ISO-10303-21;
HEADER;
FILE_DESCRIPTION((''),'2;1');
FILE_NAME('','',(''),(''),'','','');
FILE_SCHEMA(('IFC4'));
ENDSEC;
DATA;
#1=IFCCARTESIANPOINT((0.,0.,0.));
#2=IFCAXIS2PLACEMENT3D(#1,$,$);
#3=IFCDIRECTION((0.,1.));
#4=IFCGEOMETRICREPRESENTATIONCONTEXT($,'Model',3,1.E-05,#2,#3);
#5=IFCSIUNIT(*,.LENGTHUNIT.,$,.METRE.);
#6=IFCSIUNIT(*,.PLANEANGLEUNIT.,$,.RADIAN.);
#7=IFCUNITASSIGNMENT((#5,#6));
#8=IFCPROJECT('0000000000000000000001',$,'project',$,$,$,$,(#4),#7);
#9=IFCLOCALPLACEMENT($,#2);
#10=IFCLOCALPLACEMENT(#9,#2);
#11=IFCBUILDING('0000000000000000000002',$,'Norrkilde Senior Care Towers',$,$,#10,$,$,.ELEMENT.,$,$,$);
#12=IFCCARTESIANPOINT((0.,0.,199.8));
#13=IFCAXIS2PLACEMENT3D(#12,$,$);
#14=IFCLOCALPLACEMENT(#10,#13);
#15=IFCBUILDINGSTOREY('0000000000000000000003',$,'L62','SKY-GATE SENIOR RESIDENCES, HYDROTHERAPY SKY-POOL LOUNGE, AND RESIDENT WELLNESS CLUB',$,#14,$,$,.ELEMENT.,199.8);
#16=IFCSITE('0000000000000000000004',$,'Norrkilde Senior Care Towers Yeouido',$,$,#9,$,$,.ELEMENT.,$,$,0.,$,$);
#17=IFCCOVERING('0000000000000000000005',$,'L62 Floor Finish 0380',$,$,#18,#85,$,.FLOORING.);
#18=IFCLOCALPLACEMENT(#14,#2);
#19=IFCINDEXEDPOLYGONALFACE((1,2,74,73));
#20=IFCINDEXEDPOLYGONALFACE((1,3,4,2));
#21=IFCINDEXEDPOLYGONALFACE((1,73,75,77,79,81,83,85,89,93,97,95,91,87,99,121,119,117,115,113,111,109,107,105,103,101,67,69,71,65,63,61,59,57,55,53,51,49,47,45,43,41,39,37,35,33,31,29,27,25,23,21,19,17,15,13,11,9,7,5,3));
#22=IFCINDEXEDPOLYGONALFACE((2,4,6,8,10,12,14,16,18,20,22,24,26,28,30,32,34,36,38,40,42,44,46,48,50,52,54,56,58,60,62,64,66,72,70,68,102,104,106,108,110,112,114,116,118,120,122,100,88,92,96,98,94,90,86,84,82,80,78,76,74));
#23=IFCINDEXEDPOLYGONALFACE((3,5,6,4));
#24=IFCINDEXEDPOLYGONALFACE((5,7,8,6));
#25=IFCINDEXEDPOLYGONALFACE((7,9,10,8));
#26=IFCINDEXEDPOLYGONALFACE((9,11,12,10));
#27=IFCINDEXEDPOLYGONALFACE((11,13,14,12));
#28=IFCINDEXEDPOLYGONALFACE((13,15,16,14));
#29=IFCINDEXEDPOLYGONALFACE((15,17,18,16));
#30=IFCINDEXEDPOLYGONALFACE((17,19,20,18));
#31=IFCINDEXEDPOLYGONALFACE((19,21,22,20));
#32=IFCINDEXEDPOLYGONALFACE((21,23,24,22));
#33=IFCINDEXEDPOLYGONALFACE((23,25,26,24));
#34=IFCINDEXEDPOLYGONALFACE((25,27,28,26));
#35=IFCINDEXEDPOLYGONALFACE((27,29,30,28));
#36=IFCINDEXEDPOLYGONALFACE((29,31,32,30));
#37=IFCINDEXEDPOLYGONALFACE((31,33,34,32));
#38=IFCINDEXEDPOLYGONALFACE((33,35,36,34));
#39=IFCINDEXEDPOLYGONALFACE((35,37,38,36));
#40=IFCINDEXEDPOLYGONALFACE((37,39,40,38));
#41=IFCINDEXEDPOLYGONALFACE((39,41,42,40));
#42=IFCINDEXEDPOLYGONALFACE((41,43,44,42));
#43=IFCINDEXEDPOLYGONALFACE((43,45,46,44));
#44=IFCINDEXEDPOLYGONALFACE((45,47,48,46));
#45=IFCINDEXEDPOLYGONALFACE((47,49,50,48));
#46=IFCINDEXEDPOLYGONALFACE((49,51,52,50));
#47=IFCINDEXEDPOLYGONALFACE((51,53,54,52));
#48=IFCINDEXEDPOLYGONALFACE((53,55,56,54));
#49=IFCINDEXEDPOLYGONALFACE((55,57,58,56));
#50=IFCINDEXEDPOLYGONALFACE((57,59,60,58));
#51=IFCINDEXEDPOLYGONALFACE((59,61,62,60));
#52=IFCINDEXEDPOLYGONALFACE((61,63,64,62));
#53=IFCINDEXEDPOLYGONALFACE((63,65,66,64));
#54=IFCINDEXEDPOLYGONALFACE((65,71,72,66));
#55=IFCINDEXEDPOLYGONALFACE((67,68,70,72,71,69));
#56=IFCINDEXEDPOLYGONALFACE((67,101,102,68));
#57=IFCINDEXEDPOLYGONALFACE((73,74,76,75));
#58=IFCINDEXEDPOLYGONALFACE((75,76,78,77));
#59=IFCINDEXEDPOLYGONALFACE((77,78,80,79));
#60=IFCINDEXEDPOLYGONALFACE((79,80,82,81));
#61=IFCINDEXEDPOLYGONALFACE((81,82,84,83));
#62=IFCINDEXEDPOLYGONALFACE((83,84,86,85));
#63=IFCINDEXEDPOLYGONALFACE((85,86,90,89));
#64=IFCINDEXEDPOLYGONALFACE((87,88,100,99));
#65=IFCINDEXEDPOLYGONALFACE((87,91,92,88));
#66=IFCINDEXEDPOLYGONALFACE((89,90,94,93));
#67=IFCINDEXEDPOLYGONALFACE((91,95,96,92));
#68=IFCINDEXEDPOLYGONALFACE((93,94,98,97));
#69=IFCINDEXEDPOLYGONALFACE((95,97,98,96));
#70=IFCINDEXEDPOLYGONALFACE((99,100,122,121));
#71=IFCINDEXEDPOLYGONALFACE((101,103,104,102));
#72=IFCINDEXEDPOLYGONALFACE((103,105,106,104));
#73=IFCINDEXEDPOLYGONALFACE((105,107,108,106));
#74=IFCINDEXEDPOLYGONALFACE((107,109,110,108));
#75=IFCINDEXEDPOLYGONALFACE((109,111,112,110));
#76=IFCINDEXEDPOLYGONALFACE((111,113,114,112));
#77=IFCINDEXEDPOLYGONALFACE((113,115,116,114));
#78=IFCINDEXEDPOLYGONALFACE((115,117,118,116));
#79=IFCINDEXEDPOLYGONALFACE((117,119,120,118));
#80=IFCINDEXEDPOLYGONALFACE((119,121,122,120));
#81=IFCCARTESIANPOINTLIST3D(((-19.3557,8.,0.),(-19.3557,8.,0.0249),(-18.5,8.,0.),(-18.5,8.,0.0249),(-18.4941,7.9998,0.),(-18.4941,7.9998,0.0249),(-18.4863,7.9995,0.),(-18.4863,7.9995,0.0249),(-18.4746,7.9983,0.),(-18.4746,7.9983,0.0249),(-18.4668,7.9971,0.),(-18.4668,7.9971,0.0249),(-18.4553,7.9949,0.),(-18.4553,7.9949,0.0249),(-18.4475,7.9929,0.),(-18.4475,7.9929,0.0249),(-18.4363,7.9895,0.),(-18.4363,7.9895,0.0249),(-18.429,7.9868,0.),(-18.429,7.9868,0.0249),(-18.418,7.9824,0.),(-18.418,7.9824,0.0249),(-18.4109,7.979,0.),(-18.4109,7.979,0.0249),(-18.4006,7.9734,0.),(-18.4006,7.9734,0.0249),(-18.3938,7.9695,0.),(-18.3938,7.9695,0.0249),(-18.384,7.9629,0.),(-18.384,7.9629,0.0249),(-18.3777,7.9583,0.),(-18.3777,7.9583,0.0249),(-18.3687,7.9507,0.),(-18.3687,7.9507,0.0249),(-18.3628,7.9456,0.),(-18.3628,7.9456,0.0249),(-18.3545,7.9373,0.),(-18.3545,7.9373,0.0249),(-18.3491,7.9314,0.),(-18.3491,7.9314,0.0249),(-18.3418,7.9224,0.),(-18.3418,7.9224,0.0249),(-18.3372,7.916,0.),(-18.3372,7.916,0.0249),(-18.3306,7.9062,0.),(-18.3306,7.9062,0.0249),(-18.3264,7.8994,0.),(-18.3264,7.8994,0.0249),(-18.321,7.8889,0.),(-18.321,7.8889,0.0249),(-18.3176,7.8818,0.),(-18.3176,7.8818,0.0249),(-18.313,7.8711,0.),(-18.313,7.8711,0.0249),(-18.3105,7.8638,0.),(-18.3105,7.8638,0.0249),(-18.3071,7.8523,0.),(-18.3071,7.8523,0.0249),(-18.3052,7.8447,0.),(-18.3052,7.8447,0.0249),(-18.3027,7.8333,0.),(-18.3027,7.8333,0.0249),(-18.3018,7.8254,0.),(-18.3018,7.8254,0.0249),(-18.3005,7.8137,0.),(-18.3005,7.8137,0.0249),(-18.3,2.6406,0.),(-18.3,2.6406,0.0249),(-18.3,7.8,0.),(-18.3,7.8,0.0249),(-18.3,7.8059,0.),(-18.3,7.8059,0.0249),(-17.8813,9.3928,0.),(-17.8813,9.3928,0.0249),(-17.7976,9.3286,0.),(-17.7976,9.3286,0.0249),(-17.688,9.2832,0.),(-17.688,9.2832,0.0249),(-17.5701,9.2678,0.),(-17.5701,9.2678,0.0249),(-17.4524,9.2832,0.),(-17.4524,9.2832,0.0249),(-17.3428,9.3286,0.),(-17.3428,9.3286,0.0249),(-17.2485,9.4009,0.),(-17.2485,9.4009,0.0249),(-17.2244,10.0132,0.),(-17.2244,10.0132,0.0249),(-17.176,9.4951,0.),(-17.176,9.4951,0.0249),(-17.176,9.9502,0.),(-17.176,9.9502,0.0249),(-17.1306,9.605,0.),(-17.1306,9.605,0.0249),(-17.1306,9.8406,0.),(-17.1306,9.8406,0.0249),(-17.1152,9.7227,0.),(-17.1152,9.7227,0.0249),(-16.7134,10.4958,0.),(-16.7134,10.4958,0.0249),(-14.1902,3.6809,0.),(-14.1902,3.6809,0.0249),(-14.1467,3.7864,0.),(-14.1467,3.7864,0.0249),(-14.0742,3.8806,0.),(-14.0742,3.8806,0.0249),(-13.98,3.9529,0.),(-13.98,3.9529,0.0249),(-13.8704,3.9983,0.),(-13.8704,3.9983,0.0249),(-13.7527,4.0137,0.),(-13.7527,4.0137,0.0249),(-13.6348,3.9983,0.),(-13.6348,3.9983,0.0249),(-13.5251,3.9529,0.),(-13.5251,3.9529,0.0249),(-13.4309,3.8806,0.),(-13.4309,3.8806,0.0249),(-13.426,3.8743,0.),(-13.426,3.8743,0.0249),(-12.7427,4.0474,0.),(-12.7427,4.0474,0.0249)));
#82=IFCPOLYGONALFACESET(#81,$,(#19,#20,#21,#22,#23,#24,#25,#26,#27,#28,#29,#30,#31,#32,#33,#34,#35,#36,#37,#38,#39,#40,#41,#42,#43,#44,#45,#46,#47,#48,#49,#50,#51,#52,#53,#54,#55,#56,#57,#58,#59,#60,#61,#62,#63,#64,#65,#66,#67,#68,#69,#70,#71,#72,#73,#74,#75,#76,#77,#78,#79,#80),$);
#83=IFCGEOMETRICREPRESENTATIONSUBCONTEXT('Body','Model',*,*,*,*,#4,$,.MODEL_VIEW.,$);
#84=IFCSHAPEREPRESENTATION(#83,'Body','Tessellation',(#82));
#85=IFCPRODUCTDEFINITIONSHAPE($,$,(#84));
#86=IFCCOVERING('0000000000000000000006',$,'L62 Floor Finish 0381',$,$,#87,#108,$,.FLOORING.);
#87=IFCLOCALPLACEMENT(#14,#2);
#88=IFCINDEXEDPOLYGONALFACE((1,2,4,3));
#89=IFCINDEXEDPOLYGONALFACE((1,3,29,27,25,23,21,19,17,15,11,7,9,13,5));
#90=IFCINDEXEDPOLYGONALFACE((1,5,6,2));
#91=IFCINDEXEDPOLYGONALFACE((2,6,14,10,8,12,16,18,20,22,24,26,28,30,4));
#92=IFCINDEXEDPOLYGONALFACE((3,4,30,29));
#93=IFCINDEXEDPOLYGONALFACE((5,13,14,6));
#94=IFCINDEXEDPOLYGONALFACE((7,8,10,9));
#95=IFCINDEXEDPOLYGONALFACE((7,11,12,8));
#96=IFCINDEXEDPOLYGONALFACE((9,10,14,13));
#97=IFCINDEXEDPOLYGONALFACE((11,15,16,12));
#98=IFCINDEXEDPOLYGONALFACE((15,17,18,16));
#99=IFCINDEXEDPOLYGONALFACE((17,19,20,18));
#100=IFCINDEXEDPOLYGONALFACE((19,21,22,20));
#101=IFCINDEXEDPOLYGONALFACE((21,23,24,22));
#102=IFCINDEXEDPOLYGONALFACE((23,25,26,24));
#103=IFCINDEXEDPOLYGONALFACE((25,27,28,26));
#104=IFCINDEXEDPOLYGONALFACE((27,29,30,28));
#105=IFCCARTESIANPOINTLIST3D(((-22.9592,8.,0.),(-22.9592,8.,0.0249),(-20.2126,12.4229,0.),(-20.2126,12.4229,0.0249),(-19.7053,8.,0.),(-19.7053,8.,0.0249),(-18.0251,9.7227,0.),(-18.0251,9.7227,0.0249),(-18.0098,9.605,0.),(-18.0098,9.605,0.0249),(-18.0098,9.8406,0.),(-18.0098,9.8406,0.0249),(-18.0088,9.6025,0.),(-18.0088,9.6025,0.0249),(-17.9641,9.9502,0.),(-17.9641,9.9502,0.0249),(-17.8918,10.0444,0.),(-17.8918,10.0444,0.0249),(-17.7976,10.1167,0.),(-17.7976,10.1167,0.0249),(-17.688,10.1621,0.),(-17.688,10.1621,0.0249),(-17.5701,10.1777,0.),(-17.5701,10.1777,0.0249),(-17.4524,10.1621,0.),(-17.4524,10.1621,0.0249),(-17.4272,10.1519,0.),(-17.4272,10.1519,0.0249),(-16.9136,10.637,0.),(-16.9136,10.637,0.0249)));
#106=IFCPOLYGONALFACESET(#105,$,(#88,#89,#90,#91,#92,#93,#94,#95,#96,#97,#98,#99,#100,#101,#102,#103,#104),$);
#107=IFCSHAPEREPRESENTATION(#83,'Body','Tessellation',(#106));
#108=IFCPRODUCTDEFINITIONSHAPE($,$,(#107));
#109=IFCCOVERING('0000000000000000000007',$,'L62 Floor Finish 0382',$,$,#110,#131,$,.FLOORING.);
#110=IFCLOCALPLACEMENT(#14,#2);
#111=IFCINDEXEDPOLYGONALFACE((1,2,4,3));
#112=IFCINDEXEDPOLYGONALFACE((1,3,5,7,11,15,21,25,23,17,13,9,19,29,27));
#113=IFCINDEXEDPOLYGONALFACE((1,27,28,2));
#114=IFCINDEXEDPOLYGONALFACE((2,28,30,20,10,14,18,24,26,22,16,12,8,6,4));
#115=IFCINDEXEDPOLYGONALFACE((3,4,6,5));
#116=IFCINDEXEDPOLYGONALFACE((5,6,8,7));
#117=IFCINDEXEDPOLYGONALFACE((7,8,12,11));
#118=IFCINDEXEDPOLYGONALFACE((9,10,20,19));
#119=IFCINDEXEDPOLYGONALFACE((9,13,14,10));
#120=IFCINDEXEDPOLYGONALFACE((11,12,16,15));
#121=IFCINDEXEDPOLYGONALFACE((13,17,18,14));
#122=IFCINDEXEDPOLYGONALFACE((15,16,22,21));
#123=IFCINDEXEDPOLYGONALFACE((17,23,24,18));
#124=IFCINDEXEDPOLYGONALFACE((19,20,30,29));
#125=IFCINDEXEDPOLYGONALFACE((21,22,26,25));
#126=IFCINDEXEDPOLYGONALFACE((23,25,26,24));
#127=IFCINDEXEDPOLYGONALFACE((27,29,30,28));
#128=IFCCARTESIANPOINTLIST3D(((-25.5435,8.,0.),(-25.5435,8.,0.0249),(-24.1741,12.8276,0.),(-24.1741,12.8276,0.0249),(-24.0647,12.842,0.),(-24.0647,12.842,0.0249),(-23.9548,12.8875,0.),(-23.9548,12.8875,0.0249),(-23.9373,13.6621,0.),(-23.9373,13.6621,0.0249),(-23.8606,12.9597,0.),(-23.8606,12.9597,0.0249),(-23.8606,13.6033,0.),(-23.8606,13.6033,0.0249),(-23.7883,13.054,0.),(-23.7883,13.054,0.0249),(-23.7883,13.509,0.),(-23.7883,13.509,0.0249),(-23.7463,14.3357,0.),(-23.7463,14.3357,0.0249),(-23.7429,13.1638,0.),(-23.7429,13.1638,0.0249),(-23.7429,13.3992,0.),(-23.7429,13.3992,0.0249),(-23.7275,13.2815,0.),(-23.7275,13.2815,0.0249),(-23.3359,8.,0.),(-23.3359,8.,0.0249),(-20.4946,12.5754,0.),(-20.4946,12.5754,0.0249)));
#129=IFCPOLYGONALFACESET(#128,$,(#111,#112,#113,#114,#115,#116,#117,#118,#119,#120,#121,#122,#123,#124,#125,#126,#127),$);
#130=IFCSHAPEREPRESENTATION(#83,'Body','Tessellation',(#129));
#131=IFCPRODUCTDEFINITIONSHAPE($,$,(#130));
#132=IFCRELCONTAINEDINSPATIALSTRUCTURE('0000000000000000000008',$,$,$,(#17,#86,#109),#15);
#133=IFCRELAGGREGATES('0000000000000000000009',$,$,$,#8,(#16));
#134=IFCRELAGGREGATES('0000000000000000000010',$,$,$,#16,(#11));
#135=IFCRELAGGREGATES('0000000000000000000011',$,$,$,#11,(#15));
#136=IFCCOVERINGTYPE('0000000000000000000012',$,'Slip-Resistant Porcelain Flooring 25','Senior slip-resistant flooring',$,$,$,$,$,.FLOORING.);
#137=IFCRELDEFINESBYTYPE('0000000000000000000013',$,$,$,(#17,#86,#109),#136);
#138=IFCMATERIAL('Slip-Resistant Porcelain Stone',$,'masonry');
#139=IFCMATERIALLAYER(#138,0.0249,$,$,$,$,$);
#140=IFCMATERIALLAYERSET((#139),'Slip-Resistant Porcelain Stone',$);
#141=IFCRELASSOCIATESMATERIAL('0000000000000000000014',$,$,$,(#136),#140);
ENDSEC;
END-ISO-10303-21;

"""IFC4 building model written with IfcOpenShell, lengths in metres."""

from ifc_helpers import new_model, si_unit, direction, frame, origin, place, context, subcontext, project, spatial, polyline, outline, extrude, material, layer, layer_set, type_object, element, save


model = new_model("IFC4")

# Units and contexts
model_context = context("Model", 3, precision=1e-05, world=origin(), true_north=direction((0.0, 1.0)))
body_context = subcontext(model_context, "Body", "Model", "MODEL_VIEW")
ifc_project = project(units=[si_unit("LENGTHUNIT", "METRE"), si_unit("PLANEANGLEUNIT", "RADIAN")], contexts=[model_context])

# Site, building, storey
site_placement = place(None, origin())
site = spatial("IfcSite", under=ifc_project, at=site_placement, Name="Norrkilde Senior Care Towers Yeouido", CompositionType="ELEMENT", RefElevation=0.0)
building_placement = place(site_placement, origin())
building = spatial("IfcBuilding", under=site, at=building_placement, Name="Norrkilde Senior Care Towers", CompositionType="ELEMENT")
storey_placement = place(building_placement, frame((0.0, 0.0, 199.8)))
storey = spatial("IfcBuildingStorey", under=building, at=storey_placement, Name="L62", Description="SKY-GATE SENIOR RESIDENCES, HYDROTHERAPY SKY-POOL LOUNGE, AND RESIDENT WELLNESS CLUB", CompositionType="ELEMENT", Elevation=199.8)

# Coverings
ifc_material_1 = material(Name="Slip-Resistant Porcelain Stone", Category="masonry")
ifc_layer_1 = layer(ifc_material_1, 0.0249)
ifc_layer_set_1 = layer_set([ifc_layer_1], Name="Slip-Resistant Porcelain Stone")
covering_type_1 = type_object("IfcCoveringType", Name="Slip-Resistant Porcelain Flooring 25", Description="Senior slip-resistant flooring", PredefinedType="FLOORING", material=ifc_layer_set_1)
covering_1_placement = place(storey_placement, origin())
element("IfcCovering", 1, at=covering_1_placement, inside=storey, type_object=covering_type_1, Name="L62 Floor Finish 0380", PredefinedType="FLOORING", context=body_context, shape_type="SweptSolid", body=[
    extrude(outline(polyline([(-18.3027, 7.8333), (-18.3052, 7.8447), (-18.3071, 7.8523), (-18.3105, 7.8638), (-18.313, 7.8711), (-18.3176, 7.8818), (-18.321, 7.8889), (-18.3264, 7.8994), (-18.3306, 7.9062), (-18.3372, 7.916), (-18.3418, 7.9224), (-18.3491, 7.9314), (-18.3545, 7.9373), (-18.3628, 7.9456), (-18.3687, 7.9507), (-18.3777, 7.9583), (-18.384, 7.9629), (-18.3938, 7.9695), (-18.4006, 7.9734), (-18.4109, 7.979), (-18.418, 7.9824), (-18.429, 7.9868), (-18.4363, 7.9895), (-18.4475, 7.9929), (-18.4553, 7.9949), (-18.4668, 7.9971), (-18.4746, 7.9983), (-18.4863, 7.9995), (-18.4941, 7.9998), (-18.5, 8.0), (-19.3557, 8.0), (-17.8813, 9.3928), (-17.7976, 9.3286), (-17.688, 9.2832), (-17.5701, 9.2678), (-17.4524, 9.2832), (-17.3428, 9.3286), (-17.2485, 9.4009), (-17.176, 9.4951), (-17.1306, 9.605), (-17.1152, 9.7227), (-17.1306, 9.8406), (-17.176, 9.9502), (-17.2244, 10.0132), (-16.7134, 10.4958), (-12.7427, 4.0474), (-13.426, 3.8743), (-13.4309, 3.8806), (-13.5251, 3.9529), (-13.6348, 3.9983), (-13.7527, 4.0137), (-13.8704, 3.9983), (-13.98, 3.9529), (-14.0742, 3.8806), (-14.1467, 3.7864), (-14.1902, 3.6809), (-18.3, 2.6406), (-18.3, 7.8), (-18.3, 7.8059), (-18.3005, 7.8137), (-18.3018, 7.8254), (-18.3027, 7.8333)])), origin(), (0.0, 0.0, 1.0), 0.0249),
])
covering_2_placement = place(storey_placement, origin())
element("IfcCovering", 2, at=covering_2_placement, inside=storey, type_object=covering_type_1, Name="L62 Floor Finish 0381", PredefinedType="FLOORING", context=body_context, shape_type="SweptSolid", body=[
    extrude(outline(polyline([(-17.4272, 10.1519), (-17.4524, 10.1621), (-17.5701, 10.1777), (-17.688, 10.1621), (-17.7976, 10.1167), (-17.8918, 10.0444), (-17.9641, 9.9502), (-18.0098, 9.8406), (-18.0251, 9.7227), (-18.0098, 9.605), (-18.0088, 9.6025), (-19.7053, 8.0), (-22.9592, 8.0), (-20.2126, 12.4229), (-16.9136, 10.637), (-17.4272, 10.1519)])), origin(), (0.0, 0.0, 1.0), 0.0249),
])
covering_3_placement = place(storey_placement, origin())
element("IfcCovering", 3, at=covering_3_placement, inside=storey, type_object=covering_type_1, Name="L62 Floor Finish 0382", PredefinedType="FLOORING", context=body_context, shape_type="SweptSolid", body=[
    extrude(outline(polyline([(-20.4946, 12.5754), (-23.3359, 8.0), (-25.5435, 8.0), (-24.1741, 12.8276), (-24.0647, 12.842), (-23.9548, 12.8875), (-23.8606, 12.9597), (-23.7883, 13.054), (-23.7429, 13.1638), (-23.7275, 13.2815), (-23.7429, 13.3992), (-23.7883, 13.509), (-23.8606, 13.6033), (-23.9373, 13.6621), (-23.7463, 14.3357), (-20.4946, 12.5754)])), origin(), (0.0, 0.0, 1.0), 0.0249),
])

save(model, "model.ifc")
